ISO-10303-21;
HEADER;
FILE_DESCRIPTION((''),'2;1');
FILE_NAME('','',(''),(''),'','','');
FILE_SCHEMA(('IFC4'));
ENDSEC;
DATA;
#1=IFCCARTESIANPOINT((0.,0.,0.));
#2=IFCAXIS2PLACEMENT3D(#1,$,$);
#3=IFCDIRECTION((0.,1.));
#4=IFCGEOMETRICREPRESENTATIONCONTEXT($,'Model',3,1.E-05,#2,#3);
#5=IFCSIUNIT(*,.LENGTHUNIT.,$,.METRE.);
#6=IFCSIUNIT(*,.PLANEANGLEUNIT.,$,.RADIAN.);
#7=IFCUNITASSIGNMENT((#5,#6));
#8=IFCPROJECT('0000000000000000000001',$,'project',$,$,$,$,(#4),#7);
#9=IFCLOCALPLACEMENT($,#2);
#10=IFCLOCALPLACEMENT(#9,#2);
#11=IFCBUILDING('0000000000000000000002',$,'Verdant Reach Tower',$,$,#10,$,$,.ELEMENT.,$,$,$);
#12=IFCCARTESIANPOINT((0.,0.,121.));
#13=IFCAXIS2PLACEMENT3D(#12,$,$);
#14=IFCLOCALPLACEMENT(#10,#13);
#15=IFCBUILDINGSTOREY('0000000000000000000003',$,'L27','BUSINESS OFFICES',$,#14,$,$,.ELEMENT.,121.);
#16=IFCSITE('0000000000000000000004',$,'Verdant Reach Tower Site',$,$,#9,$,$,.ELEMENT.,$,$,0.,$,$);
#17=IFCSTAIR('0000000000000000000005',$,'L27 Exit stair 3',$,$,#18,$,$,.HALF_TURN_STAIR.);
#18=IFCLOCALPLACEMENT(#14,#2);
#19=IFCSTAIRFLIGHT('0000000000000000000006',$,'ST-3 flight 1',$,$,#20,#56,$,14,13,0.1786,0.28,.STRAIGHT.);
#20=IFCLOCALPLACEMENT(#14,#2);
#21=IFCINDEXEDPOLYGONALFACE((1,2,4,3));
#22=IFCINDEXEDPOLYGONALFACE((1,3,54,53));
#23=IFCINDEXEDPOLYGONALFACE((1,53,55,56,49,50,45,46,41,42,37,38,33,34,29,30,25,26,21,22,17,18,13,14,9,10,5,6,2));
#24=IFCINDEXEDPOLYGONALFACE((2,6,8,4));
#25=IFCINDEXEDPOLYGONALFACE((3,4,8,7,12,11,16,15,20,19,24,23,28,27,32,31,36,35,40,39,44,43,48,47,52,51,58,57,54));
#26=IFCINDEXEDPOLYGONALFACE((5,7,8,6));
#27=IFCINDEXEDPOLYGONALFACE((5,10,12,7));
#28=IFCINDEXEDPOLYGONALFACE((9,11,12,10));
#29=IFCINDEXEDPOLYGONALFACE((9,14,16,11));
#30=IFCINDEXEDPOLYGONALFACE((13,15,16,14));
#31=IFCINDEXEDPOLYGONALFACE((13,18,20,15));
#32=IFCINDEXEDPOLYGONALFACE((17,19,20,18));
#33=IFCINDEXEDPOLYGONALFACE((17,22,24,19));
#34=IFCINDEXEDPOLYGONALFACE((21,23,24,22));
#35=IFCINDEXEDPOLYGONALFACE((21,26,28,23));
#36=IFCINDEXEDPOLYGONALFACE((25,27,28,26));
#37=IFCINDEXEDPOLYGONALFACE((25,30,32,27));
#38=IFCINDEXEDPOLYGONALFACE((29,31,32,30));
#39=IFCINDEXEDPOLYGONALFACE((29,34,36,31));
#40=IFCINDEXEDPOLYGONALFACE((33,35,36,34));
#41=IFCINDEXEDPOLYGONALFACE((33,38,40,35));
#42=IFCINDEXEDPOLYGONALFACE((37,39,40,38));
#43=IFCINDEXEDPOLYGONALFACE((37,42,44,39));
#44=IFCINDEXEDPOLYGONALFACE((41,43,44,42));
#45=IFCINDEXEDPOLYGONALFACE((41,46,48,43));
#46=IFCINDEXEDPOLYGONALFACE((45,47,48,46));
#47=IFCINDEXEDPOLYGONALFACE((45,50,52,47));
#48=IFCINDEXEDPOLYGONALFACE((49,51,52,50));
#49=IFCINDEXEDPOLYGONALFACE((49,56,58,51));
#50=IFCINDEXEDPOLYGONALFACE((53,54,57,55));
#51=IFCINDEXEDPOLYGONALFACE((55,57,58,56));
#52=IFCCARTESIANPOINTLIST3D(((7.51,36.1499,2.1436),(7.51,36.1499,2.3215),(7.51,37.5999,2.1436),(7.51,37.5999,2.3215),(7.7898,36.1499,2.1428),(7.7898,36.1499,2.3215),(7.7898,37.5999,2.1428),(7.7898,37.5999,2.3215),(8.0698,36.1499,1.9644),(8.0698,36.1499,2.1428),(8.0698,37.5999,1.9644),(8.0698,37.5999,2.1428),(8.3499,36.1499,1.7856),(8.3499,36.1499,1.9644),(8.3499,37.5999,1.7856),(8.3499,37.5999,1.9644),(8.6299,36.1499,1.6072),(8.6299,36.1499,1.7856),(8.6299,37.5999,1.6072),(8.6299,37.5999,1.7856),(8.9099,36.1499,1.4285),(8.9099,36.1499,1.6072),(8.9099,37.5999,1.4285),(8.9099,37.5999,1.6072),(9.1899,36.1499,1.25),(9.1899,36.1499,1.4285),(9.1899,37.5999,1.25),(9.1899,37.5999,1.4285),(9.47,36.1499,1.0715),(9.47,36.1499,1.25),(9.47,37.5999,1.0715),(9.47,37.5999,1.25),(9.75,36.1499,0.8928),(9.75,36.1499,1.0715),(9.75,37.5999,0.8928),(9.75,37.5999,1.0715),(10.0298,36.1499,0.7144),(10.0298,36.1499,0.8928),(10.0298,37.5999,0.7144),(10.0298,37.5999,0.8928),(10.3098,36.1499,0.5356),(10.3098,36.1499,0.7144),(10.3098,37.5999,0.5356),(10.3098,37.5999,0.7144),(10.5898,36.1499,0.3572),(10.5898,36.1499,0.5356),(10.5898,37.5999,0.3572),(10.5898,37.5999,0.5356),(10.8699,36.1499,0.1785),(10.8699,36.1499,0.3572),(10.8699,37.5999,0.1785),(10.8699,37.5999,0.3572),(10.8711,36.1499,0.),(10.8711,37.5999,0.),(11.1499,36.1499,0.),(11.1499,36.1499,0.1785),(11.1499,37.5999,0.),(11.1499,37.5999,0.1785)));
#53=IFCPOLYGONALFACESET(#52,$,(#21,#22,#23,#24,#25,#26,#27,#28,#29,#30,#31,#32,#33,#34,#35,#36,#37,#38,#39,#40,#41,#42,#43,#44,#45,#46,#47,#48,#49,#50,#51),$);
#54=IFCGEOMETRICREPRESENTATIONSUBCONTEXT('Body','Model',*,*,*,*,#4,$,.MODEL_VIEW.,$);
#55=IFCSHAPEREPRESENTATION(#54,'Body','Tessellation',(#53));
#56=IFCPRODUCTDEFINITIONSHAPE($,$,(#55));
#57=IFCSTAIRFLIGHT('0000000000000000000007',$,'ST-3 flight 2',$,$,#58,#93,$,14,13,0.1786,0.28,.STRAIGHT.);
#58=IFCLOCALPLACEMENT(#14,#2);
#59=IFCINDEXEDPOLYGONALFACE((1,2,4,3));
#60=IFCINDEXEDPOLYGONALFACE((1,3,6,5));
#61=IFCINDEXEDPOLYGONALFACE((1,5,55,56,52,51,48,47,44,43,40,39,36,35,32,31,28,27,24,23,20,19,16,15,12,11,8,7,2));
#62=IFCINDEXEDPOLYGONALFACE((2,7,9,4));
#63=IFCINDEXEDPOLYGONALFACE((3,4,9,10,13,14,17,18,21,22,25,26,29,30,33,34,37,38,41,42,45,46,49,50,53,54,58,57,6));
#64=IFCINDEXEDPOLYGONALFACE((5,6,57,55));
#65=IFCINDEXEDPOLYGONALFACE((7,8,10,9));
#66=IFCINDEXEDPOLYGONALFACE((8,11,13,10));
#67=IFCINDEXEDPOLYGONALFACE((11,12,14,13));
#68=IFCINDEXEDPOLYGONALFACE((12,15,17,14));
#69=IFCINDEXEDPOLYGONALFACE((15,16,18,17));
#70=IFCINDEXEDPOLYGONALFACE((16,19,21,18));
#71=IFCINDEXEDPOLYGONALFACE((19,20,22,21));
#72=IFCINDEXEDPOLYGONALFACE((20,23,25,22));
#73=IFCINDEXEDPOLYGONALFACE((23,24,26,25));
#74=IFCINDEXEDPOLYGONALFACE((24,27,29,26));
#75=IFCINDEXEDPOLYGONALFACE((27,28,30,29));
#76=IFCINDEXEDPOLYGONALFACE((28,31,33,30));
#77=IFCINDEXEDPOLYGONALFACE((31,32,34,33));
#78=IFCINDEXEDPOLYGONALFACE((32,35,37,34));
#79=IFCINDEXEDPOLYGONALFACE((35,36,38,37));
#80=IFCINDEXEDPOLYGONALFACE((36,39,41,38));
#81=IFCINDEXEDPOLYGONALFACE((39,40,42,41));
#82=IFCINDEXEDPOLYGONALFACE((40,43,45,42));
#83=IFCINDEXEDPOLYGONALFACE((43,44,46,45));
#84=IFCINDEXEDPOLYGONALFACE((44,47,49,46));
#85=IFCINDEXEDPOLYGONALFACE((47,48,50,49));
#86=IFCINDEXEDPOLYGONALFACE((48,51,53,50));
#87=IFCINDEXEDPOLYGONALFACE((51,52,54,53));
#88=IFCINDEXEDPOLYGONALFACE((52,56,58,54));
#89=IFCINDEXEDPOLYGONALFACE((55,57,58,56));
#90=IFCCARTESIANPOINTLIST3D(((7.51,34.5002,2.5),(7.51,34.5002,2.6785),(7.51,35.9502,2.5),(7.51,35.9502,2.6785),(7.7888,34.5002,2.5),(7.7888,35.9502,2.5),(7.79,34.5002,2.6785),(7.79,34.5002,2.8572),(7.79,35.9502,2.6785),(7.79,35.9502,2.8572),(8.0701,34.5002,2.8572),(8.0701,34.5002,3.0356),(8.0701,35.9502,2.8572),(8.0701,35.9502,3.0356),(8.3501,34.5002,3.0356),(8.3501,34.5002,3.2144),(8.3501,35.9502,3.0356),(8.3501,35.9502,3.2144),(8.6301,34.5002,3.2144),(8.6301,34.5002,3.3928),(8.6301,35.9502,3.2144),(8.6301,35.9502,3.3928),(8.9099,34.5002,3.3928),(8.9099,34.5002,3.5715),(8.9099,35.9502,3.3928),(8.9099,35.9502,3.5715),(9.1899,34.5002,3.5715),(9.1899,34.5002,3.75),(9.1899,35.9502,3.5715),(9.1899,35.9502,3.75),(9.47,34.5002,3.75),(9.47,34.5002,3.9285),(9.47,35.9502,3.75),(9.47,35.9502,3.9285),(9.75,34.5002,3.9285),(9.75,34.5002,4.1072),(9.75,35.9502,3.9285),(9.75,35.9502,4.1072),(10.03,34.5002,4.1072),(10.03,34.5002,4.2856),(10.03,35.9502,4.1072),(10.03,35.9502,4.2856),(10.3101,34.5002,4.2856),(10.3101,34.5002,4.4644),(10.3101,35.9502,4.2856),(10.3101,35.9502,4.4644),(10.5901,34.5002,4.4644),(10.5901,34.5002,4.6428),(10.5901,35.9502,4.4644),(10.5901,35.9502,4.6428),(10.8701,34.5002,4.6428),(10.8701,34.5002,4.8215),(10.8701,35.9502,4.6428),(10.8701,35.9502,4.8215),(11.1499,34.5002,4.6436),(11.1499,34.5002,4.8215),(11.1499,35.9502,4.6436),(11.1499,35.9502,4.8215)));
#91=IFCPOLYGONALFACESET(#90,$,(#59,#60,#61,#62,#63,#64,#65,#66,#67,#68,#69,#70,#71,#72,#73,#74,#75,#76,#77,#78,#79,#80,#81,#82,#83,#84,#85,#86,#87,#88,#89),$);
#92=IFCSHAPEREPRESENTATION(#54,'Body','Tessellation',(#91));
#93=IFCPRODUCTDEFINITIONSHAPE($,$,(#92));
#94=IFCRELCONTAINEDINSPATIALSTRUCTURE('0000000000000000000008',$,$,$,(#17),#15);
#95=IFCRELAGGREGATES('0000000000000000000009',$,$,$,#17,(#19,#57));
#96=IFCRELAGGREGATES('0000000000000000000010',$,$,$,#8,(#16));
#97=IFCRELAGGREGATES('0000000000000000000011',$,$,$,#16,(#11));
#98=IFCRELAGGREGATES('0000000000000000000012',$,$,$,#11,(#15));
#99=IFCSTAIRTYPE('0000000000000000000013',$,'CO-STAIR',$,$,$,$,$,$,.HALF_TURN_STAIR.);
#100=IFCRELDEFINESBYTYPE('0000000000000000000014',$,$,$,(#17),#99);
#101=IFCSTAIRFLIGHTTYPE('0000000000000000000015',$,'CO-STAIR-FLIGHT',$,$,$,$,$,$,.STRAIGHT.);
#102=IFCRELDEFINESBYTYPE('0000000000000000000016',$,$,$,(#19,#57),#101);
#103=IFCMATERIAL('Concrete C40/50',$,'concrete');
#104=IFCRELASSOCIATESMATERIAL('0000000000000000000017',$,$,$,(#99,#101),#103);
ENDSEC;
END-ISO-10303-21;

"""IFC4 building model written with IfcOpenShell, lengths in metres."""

from ifc_helpers import new_model, si_unit, direction, frame, origin, place, context, subcontext, project, spatial, polyline, outline, extrude, material, type_object, element, aggregate, save


model = new_model("IFC4")

# Units and contexts
model_context = context("Model", 3, precision=1e-05, world=origin(), true_north=direction((0.0, 1.0)))
body_context = subcontext(model_context, "Body", "Model", "MODEL_VIEW")
ifc_project = project(units=[si_unit("LENGTHUNIT", "METRE"), si_unit("PLANEANGLEUNIT", "RADIAN")], contexts=[model_context])

# Site, building, storey
site_placement = place(None, origin())
site = spatial("IfcSite", under=ifc_project, at=site_placement, Name="Verdant Reach Tower Site", CompositionType="ELEMENT", RefElevation=0.0)
building_placement = place(site_placement, origin())
building = spatial("IfcBuilding", under=site, at=building_placement, Name="Verdant Reach Tower", CompositionType="ELEMENT")
storey_placement = place(building_placement, frame((0.0, 0.0, 121.0)))
storey = spatial("IfcBuildingStorey", under=building, at=storey_placement, Name="L27", Description="BUSINESS OFFICES", CompositionType="ELEMENT", Elevation=121.0)

# Shared definitions
ifc_material_1 = material(Name="Concrete C40/50", Category="concrete")

# Stair, stair flights
stair_type = type_object("IfcStairType", Name="CO-STAIR", PredefinedType="HALF_TURN_STAIR", material=ifc_material_1)
stair_placement = place(storey_placement, origin())
stair = element("IfcStair", 1, at=stair_placement, inside=storey, type_object=stair_type, Name="L27 Exit stair 3", PredefinedType="HALF_TURN_STAIR")
stair_flight_type = type_object("IfcStairFlightType", Name="CO-STAIR-FLIGHT", PredefinedType="STRAIGHT", material=ifc_material_1)
stair_flight_1_placement = place(storey_placement, frame((11.1499, 36.875, 0.0), z_axis=(0.0, 0.0, 1.0), x_axis=(-1.0, 0.0, 0.0)))
stair_flight_1 = element("IfcStairFlight", 2, at=stair_flight_1_placement, type_object=stair_flight_type, Name="ST-3 flight 1", NumberOfRisers=14, NumberOfTreads=13, PredefinedType="STRAIGHT", RiserHeight=0.1786, TreadLength=0.28, context=body_context, shape_type="SweptSolid", body=[
    extrude(outline(polyline([(0.0, 0.0), (0.0, 0.1785), (0.28, 0.1785), (0.28, 0.3572), (0.5601, 0.3572), (0.5601, 0.5356), (0.8401, 0.5356), (0.8401, 0.7144), (1.1201, 0.7144), (1.1201, 0.8928), (1.3999, 0.8928), (1.3999, 1.0715), (1.6799, 1.0715), (1.6799, 1.25), (1.96, 1.25), (1.96, 1.4285), (2.24, 1.4285), (2.24, 1.6072), (2.52, 1.6072), (2.52, 1.7856), (2.8, 1.7856), (2.8, 1.9644), (3.0801, 1.9644), (3.0801, 2.1428), (3.3601, 2.1428), (3.3601, 2.3215), (3.6399, 2.3215), (3.6399, 2.5), (3.6399, 2.1436), (0.2788, 0.0), (0.0, 0.0)])), frame((0.0, 0.7251, 0.0), z_axis=(0.0, -1.0, 0.0), x_axis=(1.0, 0.0, 0.0)), (0.0, 0.0, 1.0), 1.45),
])
stair_flight_2_placement = place(storey_placement, frame((7.51, 35.2251, 2.5), z_axis=(0.0, 0.0, 1.0), x_axis=(1.0, 0.0, 0.0)))
stair_flight_2 = element("IfcStairFlight", 3, at=stair_flight_2_placement, type_object=stair_flight_type, Name="ST-3 flight 2", NumberOfRisers=14, NumberOfTreads=13, PredefinedType="STRAIGHT", RiserHeight=0.1786, TreadLength=0.28, context=body_context, shape_type="SweptSolid", body=[
    extrude(outline(polyline([(0.0, 0.0), (0.0, 0.1785), (0.28, 0.1785), (0.28, 0.3572), (0.5601, 0.3572), (0.5601, 0.5356), (0.8401, 0.5356), (0.8401, 0.7144), (1.1201, 0.7144), (1.1201, 0.8928), (1.3999, 0.8928), (1.3999, 1.0715), (1.6799, 1.0715), (1.6799, 1.25), (1.96, 1.25), (1.96, 1.4285), (2.24, 1.4285), (2.24, 1.6072), (2.52, 1.6072), (2.52, 1.7856), (2.8, 1.7856), (2.8, 1.9644), (3.0801, 1.9644), (3.0801, 2.1428), (3.3601, 2.1428), (3.3601, 2.3215), (3.6399, 2.3215), (3.6399, 2.5), (3.6399, 2.1436), (0.2788, 0.0), (0.0, 0.0)])), frame((0.0, 0.7251, 0.0), z_axis=(0.0, -1.0, 0.0), x_axis=(1.0, 0.0, 0.0)), (0.0, 0.0, 1.0), 1.45),
])
aggregate(stair, [stair_flight_1, stair_flight_2])

save(model, "model.ifc")
